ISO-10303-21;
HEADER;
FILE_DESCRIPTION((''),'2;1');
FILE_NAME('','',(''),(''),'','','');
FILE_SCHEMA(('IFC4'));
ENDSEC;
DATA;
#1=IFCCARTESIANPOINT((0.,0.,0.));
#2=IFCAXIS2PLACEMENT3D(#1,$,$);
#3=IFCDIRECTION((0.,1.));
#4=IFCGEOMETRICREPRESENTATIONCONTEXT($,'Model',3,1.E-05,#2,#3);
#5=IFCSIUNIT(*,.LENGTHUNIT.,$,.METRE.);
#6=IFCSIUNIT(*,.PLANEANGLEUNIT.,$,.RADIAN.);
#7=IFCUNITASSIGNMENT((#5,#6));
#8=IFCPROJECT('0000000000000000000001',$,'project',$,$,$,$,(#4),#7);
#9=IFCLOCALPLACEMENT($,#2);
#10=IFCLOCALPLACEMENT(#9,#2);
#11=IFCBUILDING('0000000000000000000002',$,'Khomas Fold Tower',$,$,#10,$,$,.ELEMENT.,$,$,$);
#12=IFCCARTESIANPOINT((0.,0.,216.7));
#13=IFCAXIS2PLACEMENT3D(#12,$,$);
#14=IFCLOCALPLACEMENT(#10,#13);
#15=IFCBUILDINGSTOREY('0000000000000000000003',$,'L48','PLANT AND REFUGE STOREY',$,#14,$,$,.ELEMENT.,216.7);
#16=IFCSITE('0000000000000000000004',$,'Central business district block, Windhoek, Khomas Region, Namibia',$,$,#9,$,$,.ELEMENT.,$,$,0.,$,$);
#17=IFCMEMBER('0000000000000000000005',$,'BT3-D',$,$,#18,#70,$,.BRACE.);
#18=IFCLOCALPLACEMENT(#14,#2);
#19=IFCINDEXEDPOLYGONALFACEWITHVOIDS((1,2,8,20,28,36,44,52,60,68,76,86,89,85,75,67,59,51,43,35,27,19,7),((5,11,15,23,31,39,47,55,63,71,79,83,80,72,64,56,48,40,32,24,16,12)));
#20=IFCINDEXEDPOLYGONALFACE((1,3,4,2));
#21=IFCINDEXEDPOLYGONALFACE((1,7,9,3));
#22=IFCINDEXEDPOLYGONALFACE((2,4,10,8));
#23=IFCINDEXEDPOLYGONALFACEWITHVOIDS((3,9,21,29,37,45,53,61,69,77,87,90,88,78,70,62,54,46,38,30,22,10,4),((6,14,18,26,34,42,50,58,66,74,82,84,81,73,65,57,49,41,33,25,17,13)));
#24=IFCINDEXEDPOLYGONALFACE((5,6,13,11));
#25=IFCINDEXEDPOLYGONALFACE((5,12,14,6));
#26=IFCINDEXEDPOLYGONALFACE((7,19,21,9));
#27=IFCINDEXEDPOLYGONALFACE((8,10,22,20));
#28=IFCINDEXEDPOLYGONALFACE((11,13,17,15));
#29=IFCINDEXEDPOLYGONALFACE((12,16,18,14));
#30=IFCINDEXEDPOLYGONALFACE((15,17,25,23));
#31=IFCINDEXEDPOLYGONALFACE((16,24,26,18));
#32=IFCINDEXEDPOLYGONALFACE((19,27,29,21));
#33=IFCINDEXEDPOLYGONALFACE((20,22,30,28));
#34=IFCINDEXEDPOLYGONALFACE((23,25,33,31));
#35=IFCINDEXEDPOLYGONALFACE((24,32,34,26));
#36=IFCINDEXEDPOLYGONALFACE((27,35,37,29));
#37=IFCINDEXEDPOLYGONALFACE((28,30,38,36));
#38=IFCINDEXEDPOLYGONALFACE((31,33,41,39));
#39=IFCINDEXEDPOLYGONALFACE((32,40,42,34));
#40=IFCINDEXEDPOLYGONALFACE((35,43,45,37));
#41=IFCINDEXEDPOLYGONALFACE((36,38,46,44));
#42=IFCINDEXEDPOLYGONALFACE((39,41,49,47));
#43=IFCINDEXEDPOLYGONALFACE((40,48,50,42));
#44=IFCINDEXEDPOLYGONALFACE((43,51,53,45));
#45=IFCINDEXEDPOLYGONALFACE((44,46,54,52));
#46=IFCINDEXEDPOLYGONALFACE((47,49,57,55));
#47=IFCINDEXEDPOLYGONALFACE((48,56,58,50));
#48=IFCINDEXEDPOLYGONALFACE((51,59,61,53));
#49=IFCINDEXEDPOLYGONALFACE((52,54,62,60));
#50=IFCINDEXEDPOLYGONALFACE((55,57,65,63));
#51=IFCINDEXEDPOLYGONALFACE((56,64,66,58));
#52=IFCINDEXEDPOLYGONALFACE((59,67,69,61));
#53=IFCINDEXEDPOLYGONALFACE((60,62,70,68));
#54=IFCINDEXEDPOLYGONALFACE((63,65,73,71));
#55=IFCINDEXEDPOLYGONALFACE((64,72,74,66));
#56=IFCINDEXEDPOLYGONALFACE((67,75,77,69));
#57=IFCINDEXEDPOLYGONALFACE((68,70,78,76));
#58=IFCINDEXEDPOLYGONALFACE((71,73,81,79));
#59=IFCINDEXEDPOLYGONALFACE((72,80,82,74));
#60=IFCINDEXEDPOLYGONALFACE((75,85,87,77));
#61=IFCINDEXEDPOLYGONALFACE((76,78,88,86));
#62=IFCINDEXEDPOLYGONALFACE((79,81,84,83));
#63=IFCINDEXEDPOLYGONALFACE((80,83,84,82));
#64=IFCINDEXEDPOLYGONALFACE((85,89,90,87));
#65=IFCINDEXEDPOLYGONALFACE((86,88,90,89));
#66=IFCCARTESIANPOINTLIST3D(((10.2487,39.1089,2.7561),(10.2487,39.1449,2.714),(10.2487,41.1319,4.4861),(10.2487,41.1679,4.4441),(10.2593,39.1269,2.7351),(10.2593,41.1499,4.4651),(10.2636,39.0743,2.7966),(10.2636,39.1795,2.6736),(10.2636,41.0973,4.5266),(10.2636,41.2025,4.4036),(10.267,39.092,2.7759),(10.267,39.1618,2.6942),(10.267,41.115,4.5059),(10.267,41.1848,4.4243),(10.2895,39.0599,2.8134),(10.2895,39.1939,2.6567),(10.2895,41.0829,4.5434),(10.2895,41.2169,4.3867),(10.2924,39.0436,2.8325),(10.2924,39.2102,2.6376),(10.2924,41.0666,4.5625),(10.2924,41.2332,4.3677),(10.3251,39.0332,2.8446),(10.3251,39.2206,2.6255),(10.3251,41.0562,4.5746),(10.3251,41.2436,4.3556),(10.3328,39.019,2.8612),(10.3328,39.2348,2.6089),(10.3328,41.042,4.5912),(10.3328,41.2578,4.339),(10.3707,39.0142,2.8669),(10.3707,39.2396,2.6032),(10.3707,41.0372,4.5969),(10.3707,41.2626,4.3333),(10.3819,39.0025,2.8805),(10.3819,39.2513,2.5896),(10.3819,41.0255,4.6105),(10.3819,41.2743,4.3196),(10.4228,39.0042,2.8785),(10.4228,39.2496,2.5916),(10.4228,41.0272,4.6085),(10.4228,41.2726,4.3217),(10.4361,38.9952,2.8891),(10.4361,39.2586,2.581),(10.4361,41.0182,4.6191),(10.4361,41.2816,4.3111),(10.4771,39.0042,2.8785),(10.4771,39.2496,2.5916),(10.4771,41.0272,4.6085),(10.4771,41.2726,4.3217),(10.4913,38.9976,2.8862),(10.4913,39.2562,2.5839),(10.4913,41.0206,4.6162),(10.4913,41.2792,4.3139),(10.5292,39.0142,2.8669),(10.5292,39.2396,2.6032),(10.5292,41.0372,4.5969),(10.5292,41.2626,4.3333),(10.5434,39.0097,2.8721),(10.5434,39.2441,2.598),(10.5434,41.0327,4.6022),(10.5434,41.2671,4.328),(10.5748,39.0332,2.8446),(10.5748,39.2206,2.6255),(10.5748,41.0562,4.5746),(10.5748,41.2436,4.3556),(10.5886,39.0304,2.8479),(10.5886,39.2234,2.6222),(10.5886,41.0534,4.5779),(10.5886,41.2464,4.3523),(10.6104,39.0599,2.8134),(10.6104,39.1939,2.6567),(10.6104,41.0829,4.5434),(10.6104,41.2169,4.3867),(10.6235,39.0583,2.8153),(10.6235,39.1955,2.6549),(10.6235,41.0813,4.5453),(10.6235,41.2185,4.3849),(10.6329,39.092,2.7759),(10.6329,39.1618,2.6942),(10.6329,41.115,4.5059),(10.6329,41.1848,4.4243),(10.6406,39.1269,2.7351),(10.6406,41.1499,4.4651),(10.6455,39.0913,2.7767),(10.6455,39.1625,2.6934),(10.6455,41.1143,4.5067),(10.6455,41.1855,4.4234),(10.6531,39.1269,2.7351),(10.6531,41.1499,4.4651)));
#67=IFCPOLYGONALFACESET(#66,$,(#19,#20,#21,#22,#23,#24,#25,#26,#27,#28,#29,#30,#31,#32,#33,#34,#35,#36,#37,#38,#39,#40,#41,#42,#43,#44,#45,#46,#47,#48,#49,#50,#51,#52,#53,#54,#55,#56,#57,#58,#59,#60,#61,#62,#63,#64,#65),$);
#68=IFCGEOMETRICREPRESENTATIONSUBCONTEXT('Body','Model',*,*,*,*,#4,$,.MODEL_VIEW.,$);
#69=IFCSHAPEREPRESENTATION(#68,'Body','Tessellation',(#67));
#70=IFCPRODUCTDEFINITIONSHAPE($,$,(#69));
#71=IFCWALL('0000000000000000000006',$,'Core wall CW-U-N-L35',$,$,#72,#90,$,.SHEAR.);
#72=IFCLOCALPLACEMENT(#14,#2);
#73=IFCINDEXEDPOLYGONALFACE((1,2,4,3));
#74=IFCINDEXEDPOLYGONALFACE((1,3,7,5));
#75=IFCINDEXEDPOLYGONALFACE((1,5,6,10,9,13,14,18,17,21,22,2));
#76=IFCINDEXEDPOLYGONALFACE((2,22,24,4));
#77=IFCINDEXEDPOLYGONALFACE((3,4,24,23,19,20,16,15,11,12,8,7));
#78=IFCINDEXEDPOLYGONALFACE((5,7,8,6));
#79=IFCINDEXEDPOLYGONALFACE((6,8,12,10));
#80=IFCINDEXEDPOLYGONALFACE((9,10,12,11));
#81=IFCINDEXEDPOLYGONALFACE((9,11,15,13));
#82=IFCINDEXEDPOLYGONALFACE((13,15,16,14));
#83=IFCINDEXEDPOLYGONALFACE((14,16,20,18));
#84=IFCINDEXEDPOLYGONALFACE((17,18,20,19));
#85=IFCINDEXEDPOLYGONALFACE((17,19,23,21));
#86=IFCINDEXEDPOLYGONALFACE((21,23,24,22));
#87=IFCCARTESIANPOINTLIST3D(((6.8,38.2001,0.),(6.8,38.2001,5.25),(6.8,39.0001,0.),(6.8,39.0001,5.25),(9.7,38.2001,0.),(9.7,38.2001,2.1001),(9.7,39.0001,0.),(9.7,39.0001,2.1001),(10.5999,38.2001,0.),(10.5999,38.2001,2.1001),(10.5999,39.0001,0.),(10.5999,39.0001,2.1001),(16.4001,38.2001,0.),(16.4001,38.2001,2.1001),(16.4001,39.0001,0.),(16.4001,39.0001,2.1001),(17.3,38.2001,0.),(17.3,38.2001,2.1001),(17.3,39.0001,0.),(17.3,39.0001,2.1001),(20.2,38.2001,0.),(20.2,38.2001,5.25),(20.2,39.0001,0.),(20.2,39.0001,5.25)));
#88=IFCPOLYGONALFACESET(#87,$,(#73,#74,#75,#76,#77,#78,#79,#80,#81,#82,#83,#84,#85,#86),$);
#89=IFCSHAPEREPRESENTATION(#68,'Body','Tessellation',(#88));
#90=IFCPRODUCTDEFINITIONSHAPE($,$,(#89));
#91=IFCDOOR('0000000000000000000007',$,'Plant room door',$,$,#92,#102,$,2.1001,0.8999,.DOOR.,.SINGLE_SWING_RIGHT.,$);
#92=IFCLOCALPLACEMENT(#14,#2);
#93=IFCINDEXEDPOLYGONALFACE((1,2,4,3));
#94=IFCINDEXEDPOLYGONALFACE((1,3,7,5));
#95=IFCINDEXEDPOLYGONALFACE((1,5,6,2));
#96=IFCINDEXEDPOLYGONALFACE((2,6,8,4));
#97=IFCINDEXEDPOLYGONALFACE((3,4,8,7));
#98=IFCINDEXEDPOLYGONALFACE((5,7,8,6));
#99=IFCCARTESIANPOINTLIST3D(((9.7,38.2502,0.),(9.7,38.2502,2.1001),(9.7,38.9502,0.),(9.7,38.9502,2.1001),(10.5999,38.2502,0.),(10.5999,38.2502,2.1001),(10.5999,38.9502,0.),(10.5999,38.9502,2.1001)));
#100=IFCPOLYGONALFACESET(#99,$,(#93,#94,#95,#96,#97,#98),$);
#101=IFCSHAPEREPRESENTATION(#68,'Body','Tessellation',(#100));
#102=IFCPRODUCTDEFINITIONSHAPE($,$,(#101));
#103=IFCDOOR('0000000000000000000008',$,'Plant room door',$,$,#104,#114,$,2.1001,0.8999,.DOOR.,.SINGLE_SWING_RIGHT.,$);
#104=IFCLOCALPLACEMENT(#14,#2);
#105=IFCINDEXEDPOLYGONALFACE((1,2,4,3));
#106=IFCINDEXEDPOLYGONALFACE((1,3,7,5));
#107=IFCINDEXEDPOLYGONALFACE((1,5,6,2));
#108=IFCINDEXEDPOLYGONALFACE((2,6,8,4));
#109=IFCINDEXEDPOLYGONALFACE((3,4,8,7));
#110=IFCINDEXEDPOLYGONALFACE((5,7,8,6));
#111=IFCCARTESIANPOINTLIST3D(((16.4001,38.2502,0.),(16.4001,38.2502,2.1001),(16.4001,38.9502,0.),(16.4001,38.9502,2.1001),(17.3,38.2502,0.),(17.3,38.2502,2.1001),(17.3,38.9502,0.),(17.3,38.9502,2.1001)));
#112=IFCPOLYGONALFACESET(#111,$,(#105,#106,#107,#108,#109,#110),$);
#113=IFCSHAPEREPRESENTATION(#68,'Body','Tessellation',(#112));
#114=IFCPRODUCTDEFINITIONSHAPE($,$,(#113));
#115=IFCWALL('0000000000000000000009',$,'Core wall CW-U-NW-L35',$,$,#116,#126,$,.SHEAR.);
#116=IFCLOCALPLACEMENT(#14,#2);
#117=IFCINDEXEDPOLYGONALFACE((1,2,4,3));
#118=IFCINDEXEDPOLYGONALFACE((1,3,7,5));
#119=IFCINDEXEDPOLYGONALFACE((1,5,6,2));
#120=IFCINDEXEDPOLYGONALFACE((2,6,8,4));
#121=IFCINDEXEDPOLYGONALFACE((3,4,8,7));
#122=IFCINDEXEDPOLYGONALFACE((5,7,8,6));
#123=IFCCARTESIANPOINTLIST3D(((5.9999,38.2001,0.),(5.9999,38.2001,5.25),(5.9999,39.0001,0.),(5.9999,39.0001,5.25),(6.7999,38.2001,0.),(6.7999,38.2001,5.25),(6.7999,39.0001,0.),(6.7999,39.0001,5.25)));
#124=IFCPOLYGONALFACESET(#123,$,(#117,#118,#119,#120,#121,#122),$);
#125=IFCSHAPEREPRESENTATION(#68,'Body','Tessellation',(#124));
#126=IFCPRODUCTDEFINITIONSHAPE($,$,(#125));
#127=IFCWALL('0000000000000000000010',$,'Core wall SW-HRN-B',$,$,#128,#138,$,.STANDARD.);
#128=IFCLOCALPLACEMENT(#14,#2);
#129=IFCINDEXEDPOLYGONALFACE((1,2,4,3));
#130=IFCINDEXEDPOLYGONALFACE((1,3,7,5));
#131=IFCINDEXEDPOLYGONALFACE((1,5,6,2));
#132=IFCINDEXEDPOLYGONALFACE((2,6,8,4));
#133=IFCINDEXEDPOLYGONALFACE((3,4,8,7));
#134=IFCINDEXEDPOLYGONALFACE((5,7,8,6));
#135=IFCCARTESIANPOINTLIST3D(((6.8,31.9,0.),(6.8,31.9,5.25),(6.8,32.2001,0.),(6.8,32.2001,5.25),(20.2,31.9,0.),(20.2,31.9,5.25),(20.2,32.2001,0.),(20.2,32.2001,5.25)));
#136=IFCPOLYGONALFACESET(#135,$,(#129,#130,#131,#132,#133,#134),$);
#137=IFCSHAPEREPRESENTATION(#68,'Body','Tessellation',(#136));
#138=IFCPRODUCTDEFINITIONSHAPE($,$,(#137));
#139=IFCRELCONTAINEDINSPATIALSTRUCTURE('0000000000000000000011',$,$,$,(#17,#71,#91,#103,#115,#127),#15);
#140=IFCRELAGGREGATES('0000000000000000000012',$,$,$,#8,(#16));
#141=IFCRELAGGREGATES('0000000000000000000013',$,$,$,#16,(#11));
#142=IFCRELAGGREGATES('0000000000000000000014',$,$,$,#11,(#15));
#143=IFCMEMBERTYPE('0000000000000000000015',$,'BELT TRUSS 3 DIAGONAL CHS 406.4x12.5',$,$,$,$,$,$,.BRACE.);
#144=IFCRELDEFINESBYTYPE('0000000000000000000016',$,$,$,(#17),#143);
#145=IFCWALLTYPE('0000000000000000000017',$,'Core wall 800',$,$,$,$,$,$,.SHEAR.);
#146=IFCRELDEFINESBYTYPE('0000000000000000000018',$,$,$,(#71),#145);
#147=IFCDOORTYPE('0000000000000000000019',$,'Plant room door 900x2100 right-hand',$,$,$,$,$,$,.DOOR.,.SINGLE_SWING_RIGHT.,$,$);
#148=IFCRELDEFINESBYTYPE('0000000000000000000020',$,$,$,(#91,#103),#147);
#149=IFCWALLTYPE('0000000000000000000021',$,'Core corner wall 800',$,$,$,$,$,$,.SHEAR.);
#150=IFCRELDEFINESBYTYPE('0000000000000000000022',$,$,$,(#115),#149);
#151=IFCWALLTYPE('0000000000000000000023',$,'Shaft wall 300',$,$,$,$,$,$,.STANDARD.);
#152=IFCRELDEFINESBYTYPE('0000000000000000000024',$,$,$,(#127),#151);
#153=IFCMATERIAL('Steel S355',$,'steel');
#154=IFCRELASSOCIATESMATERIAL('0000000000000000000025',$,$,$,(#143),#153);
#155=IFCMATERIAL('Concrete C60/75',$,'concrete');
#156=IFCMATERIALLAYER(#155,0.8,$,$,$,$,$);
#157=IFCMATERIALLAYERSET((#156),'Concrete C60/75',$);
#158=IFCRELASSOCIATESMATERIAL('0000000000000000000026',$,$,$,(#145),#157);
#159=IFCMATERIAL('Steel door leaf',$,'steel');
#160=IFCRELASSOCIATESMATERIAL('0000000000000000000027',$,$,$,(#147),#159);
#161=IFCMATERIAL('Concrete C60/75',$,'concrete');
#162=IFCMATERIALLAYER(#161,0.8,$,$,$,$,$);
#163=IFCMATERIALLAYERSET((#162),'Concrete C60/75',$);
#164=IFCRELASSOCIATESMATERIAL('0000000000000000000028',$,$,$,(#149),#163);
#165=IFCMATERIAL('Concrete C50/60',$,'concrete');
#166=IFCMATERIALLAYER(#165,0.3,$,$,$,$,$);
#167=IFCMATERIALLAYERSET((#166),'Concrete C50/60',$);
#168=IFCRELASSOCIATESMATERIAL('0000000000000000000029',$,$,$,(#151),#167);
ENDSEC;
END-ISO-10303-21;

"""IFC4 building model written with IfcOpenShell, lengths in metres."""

from ifc_helpers import new_model, si_unit, direction, frame, frame_2d, origin, origin_2d, place, context, subcontext, project, spatial, rectangle, hollow_circle, extrude, source, transform, mapped, material, layer, layer_set, material_profile, profile_set, type_object, element, fill, save


model = new_model("IFC4")

# Units and contexts
model_context = context("Model", 3, precision=1e-05, world=origin(), true_north=direction((0.0, 1.0)))
body_context = subcontext(model_context, "Body", "Model", "MODEL_VIEW")
ifc_project = project(units=[si_unit("LENGTHUNIT", "METRE"), si_unit("PLANEANGLEUNIT", "RADIAN")], contexts=[model_context])

# Site, building, storey
site_placement = place(None, origin())
site = spatial("IfcSite", under=ifc_project, at=site_placement, Name="Central business district block, Windhoek, Khomas Region, Namibia", CompositionType="ELEMENT", RefElevation=0.0)
building_placement = place(site_placement, origin())
building = spatial("IfcBuilding", under=site, at=building_placement, Name="Khomas Fold Tower", CompositionType="ELEMENT")
storey_placement = place(building_placement, frame((0.0, 0.0, 216.7)))
storey = spatial("IfcBuildingStorey", under=building, at=storey_placement, Name="L48", Description="PLANT AND REFUGE STOREY", CompositionType="ELEMENT", Elevation=216.7)

# Member
ifc_material_1 = material(Name="Steel S355", Category="steel")
ifc_material_profile_1 = material_profile(ifc_material_1, hollow_circle(Radius=0.2031, WallThickness=0.0125, at=origin_2d()), Name="CHS 406.4x12.5")
ifc_profile_set_1 = profile_set([ifc_material_profile_1], Name="Steel S355")
member_type_1 = type_object("IfcMemberType", Name="BELT TRUSS 3 DIAGONAL CHS 406.4x12.5", PredefinedType="BRACE", material=ifc_profile_set_1)
shared_shape_1 = source(origin(), body_context, "Body", "SweptSolid", [
    extrude(hollow_circle(Radius=0.2031, WallThickness=0.0125, at=origin_2d()), origin(), (0.0, 0.0, 1.0), 2.6619),
])
member_1_placement = place(storey_placement, frame((10.45, 41.1499, 4.4651), z_axis=(0.0, -0.759994, -0.64993), x_axis=(1.0, 0.0, 0.0)))
element("IfcMember", 1, at=member_1_placement, inside=storey, type_object=member_type_1, Name="BT3-D", PredefinedType="BRACE", context=body_context, shape_type="MappedRepresentation", body=[
    mapped(shared_shape_1, transform((0.0, 0.0, 0.0))),
])

# Wall, openings, doors
ifc_material_2 = material(Name="Concrete C60/75", Category="concrete")
ifc_layer_1 = layer(ifc_material_2, 0.8)
ifc_layer_set_1 = layer_set([ifc_layer_1], Name="Concrete C60/75")
wall_type_1 = type_object("IfcWallType", Name="Core wall 800", PredefinedType="SHEAR", material=ifc_layer_set_1)
shared_shape_2 = source(origin(), body_context, "Body", "SweptSolid", [
    extrude(rectangle(XDim=13.3999, YDim=0.8, at=frame_2d((6.7, 0.0))), origin(), (0.0, 0.0, 1.0), 5.25),
])
wall_1_placement = place(storey_placement, frame((6.8, 38.6001, 0.0), z_axis=(0.0, 0.0, 1.0), x_axis=(1.0, 0.0, 0.0)))
wall_1 = element("IfcWall", 2, at=wall_1_placement, inside=storey, type_object=wall_type_1, Name="Core wall CW-U-N-L35", PredefinedType="SHEAR", context=body_context, shape_type="MappedRepresentation", body=[
    mapped(shared_shape_2, transform((0.0, 0.0, 0.0))),
])
shared_shape_3 = source(origin(), body_context, "Body", "SweptSolid", [
    extrude(rectangle(XDim=0.8999, YDim=2.1001, at=frame_2d((0.45, 1.05))), frame((0.0, 0.4099, 0.0), z_axis=(0.0, -1.0, 0.0), x_axis=(1.0, 0.0, 0.0)), (0.0, 0.0, 1.0), 0.8201),
])
opening_1_placement = place(wall_1_placement, frame((2.8999, 0.0, 0.0)))
opening_1 = element("IfcOpeningElement", 3, at=opening_1_placement, cuts=wall_1, PredefinedType="OPENING", context=body_context, shape_type="MappedRepresentation", body=[
    mapped(shared_shape_3, transform((0.0, 0.0, 0.0))),
])
opening_2_placement = place(wall_1_placement, frame((9.6001, 0.0, 0.0)))
opening_2 = element("IfcOpeningElement", 4, at=opening_2_placement, cuts=wall_1, PredefinedType="OPENING", context=body_context, shape_type="MappedRepresentation", body=[
    mapped(shared_shape_3, transform((0.0, 0.0, 0.0))),
])
ifc_material_3 = material(Name="Steel door leaf", Category="steel")
door_type_1 = type_object("IfcDoorType", Name="Plant room door 900x2100 right-hand", OperationType="SINGLE_SWING_RIGHT", PredefinedType="DOOR", material=ifc_material_3)
shared_shape_4 = source(origin(), body_context, "Body", "SweptSolid", [
    extrude(rectangle(XDim=0.8999, YDim=2.1001, at=frame_2d((0.45, 1.05))), frame((0.0, 0.3501, 0.0), z_axis=(0.0, -1.0, 0.0), x_axis=(1.0, 0.0, 0.0)), (0.0, 0.0, 1.0), 0.7),
])
door_1_placement = place(opening_1_placement, origin())
door_1 = element("IfcDoor", 5, at=door_1_placement, inside=storey, type_object=door_type_1, Name="Plant room door", OperationType="SINGLE_SWING_RIGHT", OverallHeight=2.1001, OverallWidth=0.8999, PredefinedType="DOOR", context=body_context, shape_type="MappedRepresentation", body=[
    mapped(shared_shape_4, transform((0.0, 0.0, 0.0))),
])
fill(opening_1, door_1)
door_2_placement = place(opening_2_placement, origin())
door_2 = element("IfcDoor", 6, at=door_2_placement, inside=storey, type_object=door_type_1, Name="Plant room door", OperationType="SINGLE_SWING_RIGHT", OverallHeight=2.1001, OverallWidth=0.8999, PredefinedType="DOOR", context=body_context, shape_type="MappedRepresentation", body=[
    mapped(shared_shape_4, transform((0.0, 0.0, 0.0))),
])
fill(opening_2, door_2)

# Walls
ifc_material_4 = material(Name="Concrete C60/75", Category="concrete")
ifc_layer_2 = layer(ifc_material_4, 0.8)
ifc_layer_set_2 = layer_set([ifc_layer_2], Name="Concrete C60/75")
wall_type_2 = type_object("IfcWallType", Name="Core corner wall 800", PredefinedType="SHEAR", material=ifc_layer_set_2)
shared_shape_5 = source(origin(), body_context, "Body", "SweptSolid", [
    extrude(rectangle(XDim=0.8, YDim=0.8, at=frame_2d((0.3999, 0.0))), origin(), (0.0, 0.0, 1.0), 5.25),
])
wall_2_placement = place(storey_placement, frame((6.0, 38.6001, 0.0), z_axis=(0.0, 0.0, 1.0), x_axis=(1.0, 0.0, 0.0)))
element("IfcWall", 7, at=wall_2_placement, inside=storey, type_object=wall_type_2, Name="Core wall CW-U-NW-L35", PredefinedType="SHEAR", context=body_context, shape_type="MappedRepresentation", body=[
    mapped(shared_shape_5, transform((0.0, 0.0, 0.0))),
])
ifc_material_5 = material(Name="Concrete C50/60", Category="concrete")
ifc_layer_3 = layer(ifc_material_5, 0.3)
ifc_layer_set_3 = layer_set([ifc_layer_3], Name="Concrete C50/60")
wall_type_3 = type_object("IfcWallType", Name="Shaft wall 300", PredefinedType="STANDARD", material=ifc_layer_set_3)
shared_shape_6 = source(origin(), body_context, "Body", "SweptSolid", [
    extrude(rectangle(XDim=13.3999, YDim=0.3, at=frame_2d((6.7, 0.0))), origin(), (0.0, 0.0, 1.0), 5.25),
])
wall_3_placement = place(storey_placement, frame((6.8, 32.05, 0.0), z_axis=(0.0, 0.0, 1.0), x_axis=(1.0, 0.0, 0.0)))
element("IfcWall", 8, at=wall_3_placement, inside=storey, type_object=wall_type_3, Name="Core wall SW-HRN-B", PredefinedType="STANDARD", context=body_context, shape_type="MappedRepresentation", body=[
    mapped(shared_shape_6, transform((0.0, 0.0, 0.0))),
])

save(model, "model.ifc")
